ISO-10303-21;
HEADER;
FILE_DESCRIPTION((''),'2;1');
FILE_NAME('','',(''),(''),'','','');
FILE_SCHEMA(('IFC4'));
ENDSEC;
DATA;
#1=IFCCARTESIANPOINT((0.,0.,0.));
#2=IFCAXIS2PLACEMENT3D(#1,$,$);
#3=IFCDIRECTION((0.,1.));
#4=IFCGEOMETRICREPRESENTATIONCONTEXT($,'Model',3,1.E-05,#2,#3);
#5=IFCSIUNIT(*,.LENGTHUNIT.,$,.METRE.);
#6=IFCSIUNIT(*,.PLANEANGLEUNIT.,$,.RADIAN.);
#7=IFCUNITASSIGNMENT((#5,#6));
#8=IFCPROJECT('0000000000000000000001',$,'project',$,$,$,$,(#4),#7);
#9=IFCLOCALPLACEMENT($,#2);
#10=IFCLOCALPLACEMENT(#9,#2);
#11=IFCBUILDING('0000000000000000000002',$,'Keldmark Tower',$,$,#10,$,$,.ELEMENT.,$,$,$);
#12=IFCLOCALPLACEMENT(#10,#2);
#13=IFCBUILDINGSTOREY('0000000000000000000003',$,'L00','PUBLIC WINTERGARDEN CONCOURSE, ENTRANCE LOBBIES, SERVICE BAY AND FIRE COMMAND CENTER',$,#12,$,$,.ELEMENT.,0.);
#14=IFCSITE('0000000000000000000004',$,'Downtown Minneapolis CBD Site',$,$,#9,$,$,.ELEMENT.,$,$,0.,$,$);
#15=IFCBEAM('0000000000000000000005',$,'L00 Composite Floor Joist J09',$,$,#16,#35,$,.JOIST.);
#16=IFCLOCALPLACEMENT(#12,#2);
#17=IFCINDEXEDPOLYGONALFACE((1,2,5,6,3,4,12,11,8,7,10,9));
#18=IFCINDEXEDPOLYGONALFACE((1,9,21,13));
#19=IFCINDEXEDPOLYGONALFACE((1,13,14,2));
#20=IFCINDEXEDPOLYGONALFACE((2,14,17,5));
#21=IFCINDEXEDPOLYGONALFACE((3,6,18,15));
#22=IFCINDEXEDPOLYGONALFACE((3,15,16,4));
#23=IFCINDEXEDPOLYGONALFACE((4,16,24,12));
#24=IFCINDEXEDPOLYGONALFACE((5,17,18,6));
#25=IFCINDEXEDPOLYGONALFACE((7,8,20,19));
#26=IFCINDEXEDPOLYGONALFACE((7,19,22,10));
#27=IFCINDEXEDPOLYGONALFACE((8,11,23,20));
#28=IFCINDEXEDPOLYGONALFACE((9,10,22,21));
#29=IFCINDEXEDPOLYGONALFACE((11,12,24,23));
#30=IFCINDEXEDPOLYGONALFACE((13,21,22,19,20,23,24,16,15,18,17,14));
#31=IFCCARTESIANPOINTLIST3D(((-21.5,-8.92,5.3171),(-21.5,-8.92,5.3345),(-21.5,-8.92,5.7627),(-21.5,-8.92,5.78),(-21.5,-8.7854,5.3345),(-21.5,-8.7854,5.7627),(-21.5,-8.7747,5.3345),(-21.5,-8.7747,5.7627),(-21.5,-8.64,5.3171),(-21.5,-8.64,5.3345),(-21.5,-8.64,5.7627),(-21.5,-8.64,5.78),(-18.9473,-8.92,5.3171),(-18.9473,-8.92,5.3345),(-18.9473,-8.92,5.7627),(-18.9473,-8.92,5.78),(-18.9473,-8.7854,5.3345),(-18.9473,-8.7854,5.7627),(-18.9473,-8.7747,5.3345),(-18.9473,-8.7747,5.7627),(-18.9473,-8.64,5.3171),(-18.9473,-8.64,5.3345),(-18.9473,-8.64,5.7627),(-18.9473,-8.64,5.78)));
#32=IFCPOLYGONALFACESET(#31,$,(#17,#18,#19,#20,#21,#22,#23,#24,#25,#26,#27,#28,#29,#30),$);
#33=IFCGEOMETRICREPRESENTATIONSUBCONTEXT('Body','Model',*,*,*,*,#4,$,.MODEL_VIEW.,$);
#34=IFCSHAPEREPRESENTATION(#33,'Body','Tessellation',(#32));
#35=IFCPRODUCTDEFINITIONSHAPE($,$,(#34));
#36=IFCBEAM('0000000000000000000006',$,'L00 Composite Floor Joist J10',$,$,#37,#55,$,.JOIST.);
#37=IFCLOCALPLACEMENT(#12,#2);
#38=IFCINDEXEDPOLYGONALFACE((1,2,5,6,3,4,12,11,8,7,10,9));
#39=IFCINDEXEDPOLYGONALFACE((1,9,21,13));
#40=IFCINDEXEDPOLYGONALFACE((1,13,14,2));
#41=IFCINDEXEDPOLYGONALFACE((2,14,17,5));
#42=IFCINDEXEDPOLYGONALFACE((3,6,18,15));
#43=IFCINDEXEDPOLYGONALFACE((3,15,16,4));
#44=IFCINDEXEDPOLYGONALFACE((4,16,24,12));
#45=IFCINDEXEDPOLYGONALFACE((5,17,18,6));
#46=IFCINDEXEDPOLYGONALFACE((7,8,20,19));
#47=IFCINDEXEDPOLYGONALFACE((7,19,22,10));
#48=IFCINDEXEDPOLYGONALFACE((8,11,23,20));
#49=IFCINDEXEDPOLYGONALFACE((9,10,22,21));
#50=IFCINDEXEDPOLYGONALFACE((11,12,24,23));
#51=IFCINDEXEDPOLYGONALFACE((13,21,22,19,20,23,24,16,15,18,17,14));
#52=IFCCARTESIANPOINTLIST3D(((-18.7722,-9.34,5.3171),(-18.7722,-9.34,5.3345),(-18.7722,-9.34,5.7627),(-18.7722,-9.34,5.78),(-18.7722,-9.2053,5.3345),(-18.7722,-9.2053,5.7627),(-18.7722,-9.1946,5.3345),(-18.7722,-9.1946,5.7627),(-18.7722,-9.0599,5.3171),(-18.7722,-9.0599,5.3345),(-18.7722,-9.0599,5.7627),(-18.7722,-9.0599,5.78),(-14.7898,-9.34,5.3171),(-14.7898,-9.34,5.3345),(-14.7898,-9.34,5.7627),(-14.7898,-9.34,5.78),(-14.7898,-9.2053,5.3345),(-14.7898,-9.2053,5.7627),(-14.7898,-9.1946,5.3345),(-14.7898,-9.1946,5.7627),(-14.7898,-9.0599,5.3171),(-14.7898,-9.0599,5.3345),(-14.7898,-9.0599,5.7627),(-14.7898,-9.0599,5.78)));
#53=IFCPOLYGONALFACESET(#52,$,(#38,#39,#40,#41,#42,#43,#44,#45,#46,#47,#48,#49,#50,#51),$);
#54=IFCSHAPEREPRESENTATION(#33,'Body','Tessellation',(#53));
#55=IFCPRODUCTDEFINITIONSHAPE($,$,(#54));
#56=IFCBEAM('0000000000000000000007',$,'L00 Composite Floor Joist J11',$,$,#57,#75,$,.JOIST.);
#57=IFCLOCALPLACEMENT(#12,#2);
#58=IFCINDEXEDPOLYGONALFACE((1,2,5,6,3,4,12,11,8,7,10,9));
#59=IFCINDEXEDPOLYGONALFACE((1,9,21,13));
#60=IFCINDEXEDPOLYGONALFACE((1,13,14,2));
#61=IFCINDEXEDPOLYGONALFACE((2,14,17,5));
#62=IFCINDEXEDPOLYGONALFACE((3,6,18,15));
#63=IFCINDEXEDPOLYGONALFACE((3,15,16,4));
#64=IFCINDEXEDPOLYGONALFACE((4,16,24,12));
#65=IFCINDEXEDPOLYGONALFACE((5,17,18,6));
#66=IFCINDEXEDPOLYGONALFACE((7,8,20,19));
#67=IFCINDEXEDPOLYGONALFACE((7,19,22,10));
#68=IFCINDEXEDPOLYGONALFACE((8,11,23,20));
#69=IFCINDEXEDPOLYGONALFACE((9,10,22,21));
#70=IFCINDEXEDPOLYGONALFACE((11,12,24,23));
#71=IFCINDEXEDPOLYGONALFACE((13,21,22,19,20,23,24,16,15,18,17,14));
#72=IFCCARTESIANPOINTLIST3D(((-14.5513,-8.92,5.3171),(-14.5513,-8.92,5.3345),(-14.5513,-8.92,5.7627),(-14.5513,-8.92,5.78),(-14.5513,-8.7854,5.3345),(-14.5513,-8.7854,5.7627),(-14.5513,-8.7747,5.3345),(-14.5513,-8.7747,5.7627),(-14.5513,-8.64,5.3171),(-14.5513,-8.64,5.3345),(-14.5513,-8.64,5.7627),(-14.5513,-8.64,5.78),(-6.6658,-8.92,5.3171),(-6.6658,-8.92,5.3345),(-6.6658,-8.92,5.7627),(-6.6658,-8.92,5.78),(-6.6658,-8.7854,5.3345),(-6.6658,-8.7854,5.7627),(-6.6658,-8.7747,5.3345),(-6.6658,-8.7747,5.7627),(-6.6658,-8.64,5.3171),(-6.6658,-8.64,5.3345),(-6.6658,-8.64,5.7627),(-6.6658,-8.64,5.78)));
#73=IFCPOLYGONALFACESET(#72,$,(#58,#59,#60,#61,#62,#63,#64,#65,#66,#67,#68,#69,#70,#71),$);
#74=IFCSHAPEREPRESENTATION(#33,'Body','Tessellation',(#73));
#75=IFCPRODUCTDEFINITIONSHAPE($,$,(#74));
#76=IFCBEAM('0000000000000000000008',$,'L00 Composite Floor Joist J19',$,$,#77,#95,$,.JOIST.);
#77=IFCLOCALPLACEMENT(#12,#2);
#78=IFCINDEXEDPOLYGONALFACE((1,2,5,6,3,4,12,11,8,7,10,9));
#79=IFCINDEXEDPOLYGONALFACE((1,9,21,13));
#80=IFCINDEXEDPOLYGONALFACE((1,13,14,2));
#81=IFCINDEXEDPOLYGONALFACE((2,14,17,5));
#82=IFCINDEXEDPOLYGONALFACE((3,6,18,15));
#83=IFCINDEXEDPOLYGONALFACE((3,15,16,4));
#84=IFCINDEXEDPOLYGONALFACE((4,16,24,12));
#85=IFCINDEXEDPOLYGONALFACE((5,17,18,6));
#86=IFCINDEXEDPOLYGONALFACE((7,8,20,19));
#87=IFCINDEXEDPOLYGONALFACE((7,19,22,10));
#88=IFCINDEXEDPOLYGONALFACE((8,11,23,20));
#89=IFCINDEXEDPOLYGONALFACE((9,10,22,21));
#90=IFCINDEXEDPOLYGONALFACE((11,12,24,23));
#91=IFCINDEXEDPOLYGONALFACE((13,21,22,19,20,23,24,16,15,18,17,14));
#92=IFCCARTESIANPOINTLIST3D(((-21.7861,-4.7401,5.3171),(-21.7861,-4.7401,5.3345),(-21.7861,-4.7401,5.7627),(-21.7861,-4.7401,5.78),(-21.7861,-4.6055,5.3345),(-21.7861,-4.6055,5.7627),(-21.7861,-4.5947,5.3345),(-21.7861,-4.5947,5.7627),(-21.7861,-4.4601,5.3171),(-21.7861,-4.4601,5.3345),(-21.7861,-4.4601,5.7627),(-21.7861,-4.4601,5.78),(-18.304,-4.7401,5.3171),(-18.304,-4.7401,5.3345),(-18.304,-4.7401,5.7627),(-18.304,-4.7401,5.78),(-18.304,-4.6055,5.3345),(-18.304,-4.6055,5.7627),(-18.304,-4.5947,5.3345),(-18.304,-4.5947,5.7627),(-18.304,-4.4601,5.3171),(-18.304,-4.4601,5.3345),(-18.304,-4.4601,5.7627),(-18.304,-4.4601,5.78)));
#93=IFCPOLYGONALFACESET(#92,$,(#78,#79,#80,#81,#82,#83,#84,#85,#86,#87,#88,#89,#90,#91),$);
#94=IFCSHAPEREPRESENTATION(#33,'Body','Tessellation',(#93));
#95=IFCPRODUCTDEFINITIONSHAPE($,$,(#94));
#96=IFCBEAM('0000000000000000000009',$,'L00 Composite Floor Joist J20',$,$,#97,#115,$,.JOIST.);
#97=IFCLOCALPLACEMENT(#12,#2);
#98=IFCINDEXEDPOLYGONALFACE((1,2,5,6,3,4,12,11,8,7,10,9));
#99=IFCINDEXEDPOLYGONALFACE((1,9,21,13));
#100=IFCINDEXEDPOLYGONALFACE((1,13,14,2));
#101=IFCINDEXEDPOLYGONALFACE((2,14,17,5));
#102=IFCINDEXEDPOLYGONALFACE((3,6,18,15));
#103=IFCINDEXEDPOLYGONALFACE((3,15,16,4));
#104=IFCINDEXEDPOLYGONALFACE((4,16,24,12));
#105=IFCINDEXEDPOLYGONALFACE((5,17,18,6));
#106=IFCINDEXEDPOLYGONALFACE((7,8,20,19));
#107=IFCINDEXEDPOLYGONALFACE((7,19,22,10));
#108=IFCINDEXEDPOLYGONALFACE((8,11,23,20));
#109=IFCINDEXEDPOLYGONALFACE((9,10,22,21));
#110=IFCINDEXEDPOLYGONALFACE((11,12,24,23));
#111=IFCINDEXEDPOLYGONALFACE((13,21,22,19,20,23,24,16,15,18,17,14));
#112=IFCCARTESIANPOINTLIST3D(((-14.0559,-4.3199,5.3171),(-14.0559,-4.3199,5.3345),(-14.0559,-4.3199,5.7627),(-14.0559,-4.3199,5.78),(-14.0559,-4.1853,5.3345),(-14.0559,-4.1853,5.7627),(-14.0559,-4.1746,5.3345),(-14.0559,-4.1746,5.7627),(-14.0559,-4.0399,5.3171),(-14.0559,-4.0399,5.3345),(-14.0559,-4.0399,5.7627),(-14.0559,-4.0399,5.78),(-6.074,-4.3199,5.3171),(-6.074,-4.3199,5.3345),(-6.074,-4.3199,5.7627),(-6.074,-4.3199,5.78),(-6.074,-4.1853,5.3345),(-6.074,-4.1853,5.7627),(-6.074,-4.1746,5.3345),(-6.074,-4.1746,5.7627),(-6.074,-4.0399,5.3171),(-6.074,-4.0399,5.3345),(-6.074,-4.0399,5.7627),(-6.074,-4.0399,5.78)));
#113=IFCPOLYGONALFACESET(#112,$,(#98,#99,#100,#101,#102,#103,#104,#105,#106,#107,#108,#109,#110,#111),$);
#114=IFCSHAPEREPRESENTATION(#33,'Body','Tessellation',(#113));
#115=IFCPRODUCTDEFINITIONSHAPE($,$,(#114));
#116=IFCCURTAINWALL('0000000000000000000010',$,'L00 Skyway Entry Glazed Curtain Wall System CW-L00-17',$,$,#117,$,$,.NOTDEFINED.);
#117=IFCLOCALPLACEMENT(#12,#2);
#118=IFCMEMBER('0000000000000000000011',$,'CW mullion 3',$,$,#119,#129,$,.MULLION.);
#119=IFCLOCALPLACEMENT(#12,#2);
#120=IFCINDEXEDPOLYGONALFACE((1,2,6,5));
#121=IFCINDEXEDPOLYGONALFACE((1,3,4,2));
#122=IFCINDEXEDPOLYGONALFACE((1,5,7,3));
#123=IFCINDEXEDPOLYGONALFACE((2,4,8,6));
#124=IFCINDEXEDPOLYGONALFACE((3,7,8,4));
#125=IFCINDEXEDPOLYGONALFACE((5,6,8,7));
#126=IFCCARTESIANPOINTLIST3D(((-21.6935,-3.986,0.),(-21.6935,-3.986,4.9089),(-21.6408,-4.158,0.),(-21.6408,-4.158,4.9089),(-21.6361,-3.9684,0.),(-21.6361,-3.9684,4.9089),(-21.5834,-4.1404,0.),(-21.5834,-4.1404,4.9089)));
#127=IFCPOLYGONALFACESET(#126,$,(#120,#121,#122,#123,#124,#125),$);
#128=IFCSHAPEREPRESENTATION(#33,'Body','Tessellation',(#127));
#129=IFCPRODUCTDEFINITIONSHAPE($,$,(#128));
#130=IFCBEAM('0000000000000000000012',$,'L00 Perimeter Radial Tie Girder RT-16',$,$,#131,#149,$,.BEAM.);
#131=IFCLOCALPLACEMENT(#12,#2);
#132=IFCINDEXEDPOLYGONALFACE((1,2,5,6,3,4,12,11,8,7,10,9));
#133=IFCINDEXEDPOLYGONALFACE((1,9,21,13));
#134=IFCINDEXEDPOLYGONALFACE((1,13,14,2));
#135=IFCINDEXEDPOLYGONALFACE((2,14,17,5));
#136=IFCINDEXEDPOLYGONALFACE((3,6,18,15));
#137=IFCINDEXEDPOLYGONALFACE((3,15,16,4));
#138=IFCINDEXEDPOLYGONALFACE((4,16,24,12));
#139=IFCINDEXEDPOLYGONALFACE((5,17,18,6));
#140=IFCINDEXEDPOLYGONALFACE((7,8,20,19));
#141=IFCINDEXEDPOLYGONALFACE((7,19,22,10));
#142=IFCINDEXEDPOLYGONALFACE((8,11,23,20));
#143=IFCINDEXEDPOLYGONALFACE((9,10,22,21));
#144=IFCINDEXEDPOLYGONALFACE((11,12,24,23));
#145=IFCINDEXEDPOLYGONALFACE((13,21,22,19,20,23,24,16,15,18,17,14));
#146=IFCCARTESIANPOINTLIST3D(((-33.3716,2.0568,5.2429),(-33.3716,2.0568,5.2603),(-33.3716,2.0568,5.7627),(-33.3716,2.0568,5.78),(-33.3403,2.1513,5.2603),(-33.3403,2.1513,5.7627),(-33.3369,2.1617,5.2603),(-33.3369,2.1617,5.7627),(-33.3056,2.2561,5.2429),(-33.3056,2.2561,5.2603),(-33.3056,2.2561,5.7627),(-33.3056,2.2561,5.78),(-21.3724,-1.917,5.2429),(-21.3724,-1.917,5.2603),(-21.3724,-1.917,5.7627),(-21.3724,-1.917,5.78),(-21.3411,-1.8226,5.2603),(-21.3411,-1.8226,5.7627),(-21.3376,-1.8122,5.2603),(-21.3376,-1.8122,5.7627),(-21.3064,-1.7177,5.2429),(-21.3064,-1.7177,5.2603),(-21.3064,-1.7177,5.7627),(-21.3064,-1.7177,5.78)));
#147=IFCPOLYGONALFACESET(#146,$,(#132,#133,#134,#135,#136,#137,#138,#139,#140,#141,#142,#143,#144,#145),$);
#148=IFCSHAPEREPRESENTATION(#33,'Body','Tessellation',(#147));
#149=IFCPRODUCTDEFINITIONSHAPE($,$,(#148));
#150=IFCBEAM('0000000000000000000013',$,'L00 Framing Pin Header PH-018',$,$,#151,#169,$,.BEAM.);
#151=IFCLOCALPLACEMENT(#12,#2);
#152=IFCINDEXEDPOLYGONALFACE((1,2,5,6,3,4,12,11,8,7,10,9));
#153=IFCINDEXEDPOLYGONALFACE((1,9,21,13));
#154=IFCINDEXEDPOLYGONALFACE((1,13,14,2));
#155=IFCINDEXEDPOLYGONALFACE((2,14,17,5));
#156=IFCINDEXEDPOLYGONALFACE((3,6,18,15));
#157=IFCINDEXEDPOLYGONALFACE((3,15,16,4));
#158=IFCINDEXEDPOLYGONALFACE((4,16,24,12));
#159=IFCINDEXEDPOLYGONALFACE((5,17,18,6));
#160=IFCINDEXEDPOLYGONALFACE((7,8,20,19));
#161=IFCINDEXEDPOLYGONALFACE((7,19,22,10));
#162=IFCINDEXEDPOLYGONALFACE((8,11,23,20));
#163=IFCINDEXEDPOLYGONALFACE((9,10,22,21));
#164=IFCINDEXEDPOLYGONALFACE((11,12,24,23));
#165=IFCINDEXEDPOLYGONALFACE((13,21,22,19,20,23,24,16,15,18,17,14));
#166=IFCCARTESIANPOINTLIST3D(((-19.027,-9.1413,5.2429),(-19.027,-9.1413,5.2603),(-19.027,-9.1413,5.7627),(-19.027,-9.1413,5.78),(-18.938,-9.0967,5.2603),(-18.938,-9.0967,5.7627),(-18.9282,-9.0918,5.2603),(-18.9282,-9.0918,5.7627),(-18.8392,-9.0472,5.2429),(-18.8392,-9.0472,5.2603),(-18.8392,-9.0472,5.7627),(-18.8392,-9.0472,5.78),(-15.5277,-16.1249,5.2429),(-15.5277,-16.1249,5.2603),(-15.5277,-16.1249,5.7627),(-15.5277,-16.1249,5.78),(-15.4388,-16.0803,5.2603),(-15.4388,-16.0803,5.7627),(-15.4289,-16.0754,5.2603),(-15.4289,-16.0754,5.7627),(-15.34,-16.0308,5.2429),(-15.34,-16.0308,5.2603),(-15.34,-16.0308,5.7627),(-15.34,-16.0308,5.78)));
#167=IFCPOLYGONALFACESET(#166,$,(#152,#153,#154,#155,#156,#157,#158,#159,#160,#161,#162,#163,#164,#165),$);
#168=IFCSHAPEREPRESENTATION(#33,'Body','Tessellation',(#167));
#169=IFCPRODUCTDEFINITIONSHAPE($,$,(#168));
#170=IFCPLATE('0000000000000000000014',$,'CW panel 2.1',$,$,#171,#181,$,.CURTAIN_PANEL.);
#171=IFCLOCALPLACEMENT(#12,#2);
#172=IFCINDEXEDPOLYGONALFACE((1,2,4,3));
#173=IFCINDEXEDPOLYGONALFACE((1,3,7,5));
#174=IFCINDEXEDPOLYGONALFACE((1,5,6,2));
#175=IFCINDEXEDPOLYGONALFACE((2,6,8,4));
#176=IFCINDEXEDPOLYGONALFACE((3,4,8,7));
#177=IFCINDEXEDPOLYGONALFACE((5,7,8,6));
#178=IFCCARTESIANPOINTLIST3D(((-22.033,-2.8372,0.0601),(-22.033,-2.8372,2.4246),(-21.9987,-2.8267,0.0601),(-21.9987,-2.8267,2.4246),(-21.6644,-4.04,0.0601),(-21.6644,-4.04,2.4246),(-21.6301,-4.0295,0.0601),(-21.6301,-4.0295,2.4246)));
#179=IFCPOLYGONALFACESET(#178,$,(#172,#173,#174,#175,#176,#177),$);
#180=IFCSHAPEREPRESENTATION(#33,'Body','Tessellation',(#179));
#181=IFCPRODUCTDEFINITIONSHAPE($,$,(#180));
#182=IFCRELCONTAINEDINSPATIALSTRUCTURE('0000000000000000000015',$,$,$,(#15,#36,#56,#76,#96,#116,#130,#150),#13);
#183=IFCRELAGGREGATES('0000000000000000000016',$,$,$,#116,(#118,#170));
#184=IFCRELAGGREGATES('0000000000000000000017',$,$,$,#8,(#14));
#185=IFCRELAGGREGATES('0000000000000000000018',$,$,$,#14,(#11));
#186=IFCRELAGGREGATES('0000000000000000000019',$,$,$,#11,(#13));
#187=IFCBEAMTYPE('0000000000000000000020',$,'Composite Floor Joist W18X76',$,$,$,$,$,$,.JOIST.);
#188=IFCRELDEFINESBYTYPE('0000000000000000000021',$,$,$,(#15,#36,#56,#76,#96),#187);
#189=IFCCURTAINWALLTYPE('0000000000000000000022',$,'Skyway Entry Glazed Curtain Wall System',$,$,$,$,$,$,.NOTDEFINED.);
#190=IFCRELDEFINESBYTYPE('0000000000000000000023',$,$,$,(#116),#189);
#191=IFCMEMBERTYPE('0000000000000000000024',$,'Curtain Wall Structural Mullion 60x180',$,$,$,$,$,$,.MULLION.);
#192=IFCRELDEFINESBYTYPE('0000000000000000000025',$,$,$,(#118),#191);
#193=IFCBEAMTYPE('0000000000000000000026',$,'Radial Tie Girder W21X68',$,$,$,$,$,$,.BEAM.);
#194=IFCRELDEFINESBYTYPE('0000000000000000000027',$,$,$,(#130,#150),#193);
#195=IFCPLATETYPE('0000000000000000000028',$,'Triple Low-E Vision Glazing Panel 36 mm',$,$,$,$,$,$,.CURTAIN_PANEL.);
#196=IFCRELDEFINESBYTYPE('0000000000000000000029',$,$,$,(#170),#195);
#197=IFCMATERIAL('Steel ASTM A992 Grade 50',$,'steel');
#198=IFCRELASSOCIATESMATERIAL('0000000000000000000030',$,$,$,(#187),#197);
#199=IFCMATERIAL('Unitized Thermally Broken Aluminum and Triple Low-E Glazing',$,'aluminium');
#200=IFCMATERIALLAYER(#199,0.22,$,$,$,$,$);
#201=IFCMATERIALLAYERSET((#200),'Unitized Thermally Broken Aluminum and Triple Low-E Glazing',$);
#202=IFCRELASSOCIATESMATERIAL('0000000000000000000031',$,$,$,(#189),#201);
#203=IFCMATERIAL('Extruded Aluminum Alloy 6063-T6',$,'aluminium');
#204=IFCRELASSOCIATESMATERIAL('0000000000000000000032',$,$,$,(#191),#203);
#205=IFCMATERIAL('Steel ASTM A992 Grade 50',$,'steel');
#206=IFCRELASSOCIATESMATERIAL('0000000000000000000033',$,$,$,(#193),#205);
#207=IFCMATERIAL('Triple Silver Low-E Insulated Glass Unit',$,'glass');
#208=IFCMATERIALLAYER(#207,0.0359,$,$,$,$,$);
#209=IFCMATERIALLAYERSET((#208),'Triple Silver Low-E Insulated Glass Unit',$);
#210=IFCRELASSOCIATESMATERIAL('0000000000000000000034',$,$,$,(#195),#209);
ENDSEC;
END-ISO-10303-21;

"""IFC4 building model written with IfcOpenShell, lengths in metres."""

from ifc_helpers import new_model, si_unit, direction, frame, origin, origin_2d, place, context, subcontext, project, spatial, rectangle, i_section, extrude, material, layer, layer_set, material_profile, profile_set, type_object, element, aggregate, save


model = new_model("IFC4")

# Units and contexts
model_context = context("Model", 3, precision=1e-05, world=origin(), true_north=direction((0.0, 1.0)))
body_context = subcontext(model_context, "Body", "Model", "MODEL_VIEW")
ifc_project = project(units=[si_unit("LENGTHUNIT", "METRE"), si_unit("PLANEANGLEUNIT", "RADIAN")], contexts=[model_context])

# Site, building, storey
site_placement = place(None, origin())
site = spatial("IfcSite", under=ifc_project, at=site_placement, Name="Downtown Minneapolis CBD Site", CompositionType="ELEMENT", RefElevation=0.0)
building_placement = place(site_placement, origin())
building = spatial("IfcBuilding", under=site, at=building_placement, Name="Keldmark Tower", CompositionType="ELEMENT")
storey_placement = place(building_placement, origin())
storey = spatial("IfcBuildingStorey", under=building, at=storey_placement, Name="L00", Description="PUBLIC WINTERGARDEN CONCOURSE, ENTRANCE LOBBIES, SERVICE BAY AND FIRE COMMAND CENTER", CompositionType="ELEMENT", Elevation=0.0)

# Beams
ifc_material_1 = material(Name="Steel ASTM A992 Grade 50", Category="steel")
ifc_material_profile_1 = material_profile(ifc_material_1, i_section(OverallWidth=0.28, OverallDepth=0.4629, WebThickness=0.0107, FlangeThickness=0.0173, at=origin_2d()), Name="W18X76")
ifc_profile_set_1 = profile_set([ifc_material_profile_1], Name="Steel ASTM A992 Grade 50")
beam_type_1 = type_object("IfcBeamType", Name="Composite Floor Joist W18X76", PredefinedType="JOIST", material=ifc_profile_set_1)
beam_1_placement = place(storey_placement, frame((-21.5, -8.78, 5.5486), z_axis=(1.0, 0.0, 0.0), x_axis=(0.0, 1.0, 0.0)))
element("IfcBeam", 1, at=beam_1_placement, inside=storey, type_object=beam_type_1, Name="L00 Composite Floor Joist J09", PredefinedType="JOIST", context=body_context, shape_type="SweptSolid", body=[
    extrude(i_section(OverallWidth=0.28, OverallDepth=0.4629, WebThickness=0.0107, FlangeThickness=0.0173, at=origin_2d()), origin(), (0.0, 0.0, 1.0), 2.5527),
])
beam_2_placement = place(storey_placement, frame((-18.7722, -9.2, 5.5486), z_axis=(1.0, 0.0, 0.0), x_axis=(0.0, 1.0, 0.0)))
element("IfcBeam", 2, at=beam_2_placement, inside=storey, type_object=beam_type_1, Name="L00 Composite Floor Joist J10", PredefinedType="JOIST", context=body_context, shape_type="SweptSolid", body=[
    extrude(i_section(OverallWidth=0.28, OverallDepth=0.4629, WebThickness=0.0107, FlangeThickness=0.0173, at=origin_2d()), origin(), (0.0, 0.0, 1.0), 3.9824),
])
beam_3_placement = place(storey_placement, frame((-14.5513, -8.78, 5.5486), z_axis=(1.0, 0.0, 0.0), x_axis=(0.0, 1.0, 0.0)))
element("IfcBeam", 3, at=beam_3_placement, inside=storey, type_object=beam_type_1, Name="L00 Composite Floor Joist J11", PredefinedType="JOIST", context=body_context, shape_type="SweptSolid", body=[
    extrude(i_section(OverallWidth=0.28, OverallDepth=0.4629, WebThickness=0.0107, FlangeThickness=0.0173, at=origin_2d()), origin(), (0.0, 0.0, 1.0), 7.8855),
])
beam_4_placement = place(storey_placement, frame((-21.7861, -4.6001, 5.5486), z_axis=(1.0, 0.0, 0.0), x_axis=(0.0, 1.0, 0.0)))
element("IfcBeam", 4, at=beam_4_placement, inside=storey, type_object=beam_type_1, Name="L00 Composite Floor Joist J19", PredefinedType="JOIST", context=body_context, shape_type="SweptSolid", body=[
    extrude(i_section(OverallWidth=0.28, OverallDepth=0.4629, WebThickness=0.0107, FlangeThickness=0.0173, at=origin_2d()), origin(), (0.0, 0.0, 1.0), 3.4822),
])
beam_5_placement = place(storey_placement, frame((-14.0559, -4.1799, 5.5486), z_axis=(1.0, 0.0, 0.0), x_axis=(0.0, 1.0, 0.0)))
element("IfcBeam", 5, at=beam_5_placement, inside=storey, type_object=beam_type_1, Name="L00 Composite Floor Joist J20", PredefinedType="JOIST", context=body_context, shape_type="SweptSolid", body=[
    extrude(i_section(OverallWidth=0.28, OverallDepth=0.4629, WebThickness=0.0107, FlangeThickness=0.0173, at=origin_2d()), origin(), (0.0, 0.0, 1.0), 7.9819),
])

# Curtain wall, member
ifc_material_2 = material(Name="Unitized Thermally Broken Aluminum and Triple Low-E Glazing", Category="aluminium")
ifc_layer_1 = layer(ifc_material_2, 0.22)
ifc_layer_set_1 = layer_set([ifc_layer_1], Name="Unitized Thermally Broken Aluminum and Triple Low-E Glazing")
curtain_wall_type = type_object("IfcCurtainWallType", Name="Skyway Entry Glazed Curtain Wall System", PredefinedType="NOTDEFINED", material=ifc_layer_set_1)
curtain_wall_placement = place(storey_placement, origin())
curtain_wall = element("IfcCurtainWall", 6, at=curtain_wall_placement, inside=storey, type_object=curtain_wall_type, Name="L00 Skyway Entry Glazed Curtain Wall System CW-L00-17", PredefinedType="NOTDEFINED")
ifc_material_3 = material(Name="Extruded Aluminum Alloy 6063-T6", Category="aluminium")
ifc_material_profile_2 = material_profile(ifc_material_3, rectangle(XDim=0.0601, YDim=0.1799, at=origin_2d()), Name="CWM60X180")
ifc_profile_set_2 = profile_set([ifc_material_profile_2], Name="Extruded Aluminum Alloy 6063-T6")
member_type = type_object("IfcMemberType", Name="Curtain Wall Structural Mullion 60x180", PredefinedType="MULLION", material=ifc_profile_set_2)
member_placement = place(storey_placement, frame((-21.6384, -4.0632, 0.0), z_axis=(0.0, 0.0, 1.0), x_axis=(0.956106, 0.293022, 0.0)))
member = element("IfcMember", 7, at=member_placement, type_object=member_type, Name="CW mullion 3", PredefinedType="MULLION", context=body_context, shape_type="SweptSolid", body=[
    extrude(rectangle(XDim=0.0601, YDim=0.1799, at=origin_2d()), origin(), (0.0, 0.0, 1.0), 4.9089),
])

# Beams
ifc_material_4 = material(Name="Steel ASTM A992 Grade 50", Category="steel")
ifc_material_profile_3 = material_profile(ifc_material_4, i_section(OverallWidth=0.21, OverallDepth=0.5371, WebThickness=0.011, FlangeThickness=0.0173, at=origin_2d()), Name="W21X68")
ifc_profile_set_3 = profile_set([ifc_material_profile_3], Name="Steel ASTM A992 Grade 50")
beam_type_2 = type_object("IfcBeamType", Name="Radial Tie Girder W21X68", PredefinedType="BEAM", material=ifc_profile_set_3)
beam_6_placement = place(storey_placement, frame((-21.3394, -1.8174, 5.5115), z_axis=(-0.949296, 0.314385, 0.0), x_axis=(-0.314385, -0.949296, 0.0)))
element("IfcBeam", 8, at=beam_6_placement, inside=storey, type_object=beam_type_2, Name="L00 Perimeter Radial Tie Girder RT-16", PredefinedType="BEAM", context=body_context, shape_type="SweptSolid", body=[
    extrude(i_section(OverallWidth=0.21, OverallDepth=0.5371, WebThickness=0.011, FlangeThickness=0.0173, at=origin_2d()), origin(), (0.0, 0.0, 1.0), 12.6401),
])
beam_7_placement = place(storey_placement, frame((-18.9331, -9.0942, 5.5115), z_axis=(0.447976, -0.894046, 0.0), x_axis=(0.894046, 0.447976, 0.0)))
element("IfcBeam", 9, at=beam_7_placement, inside=storey, type_object=beam_type_2, Name="L00 Framing Pin Header PH-018", PredefinedType="BEAM", context=body_context, shape_type="SweptSolid", body=[
    extrude(i_section(OverallWidth=0.21, OverallDepth=0.5371, WebThickness=0.011, FlangeThickness=0.0173, at=origin_2d()), origin(), (0.0, 0.0, 1.0), 7.8113),
])

# Plate
ifc_material_5 = material(Name="Triple Silver Low-E Insulated Glass Unit", Category="glass")
ifc_layer_2 = layer(ifc_material_5, 0.0359)
ifc_layer_set_2 = layer_set([ifc_layer_2], Name="Triple Silver Low-E Insulated Glass Unit")
plate_type = type_object("IfcPlateType", Name="Triple Low-E Vision Glazing Panel 36 mm", PredefinedType="CURTAIN_PANEL", material=ifc_layer_set_2)
plate_1_placement = place(storey_placement, frame((-21.8315, -3.4333, 0.0601), z_axis=(0.0, 0.0, 1.0), x_axis=(0.293022, -0.956106, 0.0)))
plate_1 = element("IfcPlate", 10, at=plate_1_placement, type_object=plate_type, Name="CW panel 2.1", PredefinedType="CURTAIN_PANEL", context=body_context, shape_type="SweptSolid", body=[
    extrude(rectangle(XDim=1.2581, YDim=0.0359, at=origin_2d()), origin(), (0.0, 0.0, 1.0), 2.3645),
])
aggregate(curtain_wall, [member, plate_1])

save(model, "model.ifc")
